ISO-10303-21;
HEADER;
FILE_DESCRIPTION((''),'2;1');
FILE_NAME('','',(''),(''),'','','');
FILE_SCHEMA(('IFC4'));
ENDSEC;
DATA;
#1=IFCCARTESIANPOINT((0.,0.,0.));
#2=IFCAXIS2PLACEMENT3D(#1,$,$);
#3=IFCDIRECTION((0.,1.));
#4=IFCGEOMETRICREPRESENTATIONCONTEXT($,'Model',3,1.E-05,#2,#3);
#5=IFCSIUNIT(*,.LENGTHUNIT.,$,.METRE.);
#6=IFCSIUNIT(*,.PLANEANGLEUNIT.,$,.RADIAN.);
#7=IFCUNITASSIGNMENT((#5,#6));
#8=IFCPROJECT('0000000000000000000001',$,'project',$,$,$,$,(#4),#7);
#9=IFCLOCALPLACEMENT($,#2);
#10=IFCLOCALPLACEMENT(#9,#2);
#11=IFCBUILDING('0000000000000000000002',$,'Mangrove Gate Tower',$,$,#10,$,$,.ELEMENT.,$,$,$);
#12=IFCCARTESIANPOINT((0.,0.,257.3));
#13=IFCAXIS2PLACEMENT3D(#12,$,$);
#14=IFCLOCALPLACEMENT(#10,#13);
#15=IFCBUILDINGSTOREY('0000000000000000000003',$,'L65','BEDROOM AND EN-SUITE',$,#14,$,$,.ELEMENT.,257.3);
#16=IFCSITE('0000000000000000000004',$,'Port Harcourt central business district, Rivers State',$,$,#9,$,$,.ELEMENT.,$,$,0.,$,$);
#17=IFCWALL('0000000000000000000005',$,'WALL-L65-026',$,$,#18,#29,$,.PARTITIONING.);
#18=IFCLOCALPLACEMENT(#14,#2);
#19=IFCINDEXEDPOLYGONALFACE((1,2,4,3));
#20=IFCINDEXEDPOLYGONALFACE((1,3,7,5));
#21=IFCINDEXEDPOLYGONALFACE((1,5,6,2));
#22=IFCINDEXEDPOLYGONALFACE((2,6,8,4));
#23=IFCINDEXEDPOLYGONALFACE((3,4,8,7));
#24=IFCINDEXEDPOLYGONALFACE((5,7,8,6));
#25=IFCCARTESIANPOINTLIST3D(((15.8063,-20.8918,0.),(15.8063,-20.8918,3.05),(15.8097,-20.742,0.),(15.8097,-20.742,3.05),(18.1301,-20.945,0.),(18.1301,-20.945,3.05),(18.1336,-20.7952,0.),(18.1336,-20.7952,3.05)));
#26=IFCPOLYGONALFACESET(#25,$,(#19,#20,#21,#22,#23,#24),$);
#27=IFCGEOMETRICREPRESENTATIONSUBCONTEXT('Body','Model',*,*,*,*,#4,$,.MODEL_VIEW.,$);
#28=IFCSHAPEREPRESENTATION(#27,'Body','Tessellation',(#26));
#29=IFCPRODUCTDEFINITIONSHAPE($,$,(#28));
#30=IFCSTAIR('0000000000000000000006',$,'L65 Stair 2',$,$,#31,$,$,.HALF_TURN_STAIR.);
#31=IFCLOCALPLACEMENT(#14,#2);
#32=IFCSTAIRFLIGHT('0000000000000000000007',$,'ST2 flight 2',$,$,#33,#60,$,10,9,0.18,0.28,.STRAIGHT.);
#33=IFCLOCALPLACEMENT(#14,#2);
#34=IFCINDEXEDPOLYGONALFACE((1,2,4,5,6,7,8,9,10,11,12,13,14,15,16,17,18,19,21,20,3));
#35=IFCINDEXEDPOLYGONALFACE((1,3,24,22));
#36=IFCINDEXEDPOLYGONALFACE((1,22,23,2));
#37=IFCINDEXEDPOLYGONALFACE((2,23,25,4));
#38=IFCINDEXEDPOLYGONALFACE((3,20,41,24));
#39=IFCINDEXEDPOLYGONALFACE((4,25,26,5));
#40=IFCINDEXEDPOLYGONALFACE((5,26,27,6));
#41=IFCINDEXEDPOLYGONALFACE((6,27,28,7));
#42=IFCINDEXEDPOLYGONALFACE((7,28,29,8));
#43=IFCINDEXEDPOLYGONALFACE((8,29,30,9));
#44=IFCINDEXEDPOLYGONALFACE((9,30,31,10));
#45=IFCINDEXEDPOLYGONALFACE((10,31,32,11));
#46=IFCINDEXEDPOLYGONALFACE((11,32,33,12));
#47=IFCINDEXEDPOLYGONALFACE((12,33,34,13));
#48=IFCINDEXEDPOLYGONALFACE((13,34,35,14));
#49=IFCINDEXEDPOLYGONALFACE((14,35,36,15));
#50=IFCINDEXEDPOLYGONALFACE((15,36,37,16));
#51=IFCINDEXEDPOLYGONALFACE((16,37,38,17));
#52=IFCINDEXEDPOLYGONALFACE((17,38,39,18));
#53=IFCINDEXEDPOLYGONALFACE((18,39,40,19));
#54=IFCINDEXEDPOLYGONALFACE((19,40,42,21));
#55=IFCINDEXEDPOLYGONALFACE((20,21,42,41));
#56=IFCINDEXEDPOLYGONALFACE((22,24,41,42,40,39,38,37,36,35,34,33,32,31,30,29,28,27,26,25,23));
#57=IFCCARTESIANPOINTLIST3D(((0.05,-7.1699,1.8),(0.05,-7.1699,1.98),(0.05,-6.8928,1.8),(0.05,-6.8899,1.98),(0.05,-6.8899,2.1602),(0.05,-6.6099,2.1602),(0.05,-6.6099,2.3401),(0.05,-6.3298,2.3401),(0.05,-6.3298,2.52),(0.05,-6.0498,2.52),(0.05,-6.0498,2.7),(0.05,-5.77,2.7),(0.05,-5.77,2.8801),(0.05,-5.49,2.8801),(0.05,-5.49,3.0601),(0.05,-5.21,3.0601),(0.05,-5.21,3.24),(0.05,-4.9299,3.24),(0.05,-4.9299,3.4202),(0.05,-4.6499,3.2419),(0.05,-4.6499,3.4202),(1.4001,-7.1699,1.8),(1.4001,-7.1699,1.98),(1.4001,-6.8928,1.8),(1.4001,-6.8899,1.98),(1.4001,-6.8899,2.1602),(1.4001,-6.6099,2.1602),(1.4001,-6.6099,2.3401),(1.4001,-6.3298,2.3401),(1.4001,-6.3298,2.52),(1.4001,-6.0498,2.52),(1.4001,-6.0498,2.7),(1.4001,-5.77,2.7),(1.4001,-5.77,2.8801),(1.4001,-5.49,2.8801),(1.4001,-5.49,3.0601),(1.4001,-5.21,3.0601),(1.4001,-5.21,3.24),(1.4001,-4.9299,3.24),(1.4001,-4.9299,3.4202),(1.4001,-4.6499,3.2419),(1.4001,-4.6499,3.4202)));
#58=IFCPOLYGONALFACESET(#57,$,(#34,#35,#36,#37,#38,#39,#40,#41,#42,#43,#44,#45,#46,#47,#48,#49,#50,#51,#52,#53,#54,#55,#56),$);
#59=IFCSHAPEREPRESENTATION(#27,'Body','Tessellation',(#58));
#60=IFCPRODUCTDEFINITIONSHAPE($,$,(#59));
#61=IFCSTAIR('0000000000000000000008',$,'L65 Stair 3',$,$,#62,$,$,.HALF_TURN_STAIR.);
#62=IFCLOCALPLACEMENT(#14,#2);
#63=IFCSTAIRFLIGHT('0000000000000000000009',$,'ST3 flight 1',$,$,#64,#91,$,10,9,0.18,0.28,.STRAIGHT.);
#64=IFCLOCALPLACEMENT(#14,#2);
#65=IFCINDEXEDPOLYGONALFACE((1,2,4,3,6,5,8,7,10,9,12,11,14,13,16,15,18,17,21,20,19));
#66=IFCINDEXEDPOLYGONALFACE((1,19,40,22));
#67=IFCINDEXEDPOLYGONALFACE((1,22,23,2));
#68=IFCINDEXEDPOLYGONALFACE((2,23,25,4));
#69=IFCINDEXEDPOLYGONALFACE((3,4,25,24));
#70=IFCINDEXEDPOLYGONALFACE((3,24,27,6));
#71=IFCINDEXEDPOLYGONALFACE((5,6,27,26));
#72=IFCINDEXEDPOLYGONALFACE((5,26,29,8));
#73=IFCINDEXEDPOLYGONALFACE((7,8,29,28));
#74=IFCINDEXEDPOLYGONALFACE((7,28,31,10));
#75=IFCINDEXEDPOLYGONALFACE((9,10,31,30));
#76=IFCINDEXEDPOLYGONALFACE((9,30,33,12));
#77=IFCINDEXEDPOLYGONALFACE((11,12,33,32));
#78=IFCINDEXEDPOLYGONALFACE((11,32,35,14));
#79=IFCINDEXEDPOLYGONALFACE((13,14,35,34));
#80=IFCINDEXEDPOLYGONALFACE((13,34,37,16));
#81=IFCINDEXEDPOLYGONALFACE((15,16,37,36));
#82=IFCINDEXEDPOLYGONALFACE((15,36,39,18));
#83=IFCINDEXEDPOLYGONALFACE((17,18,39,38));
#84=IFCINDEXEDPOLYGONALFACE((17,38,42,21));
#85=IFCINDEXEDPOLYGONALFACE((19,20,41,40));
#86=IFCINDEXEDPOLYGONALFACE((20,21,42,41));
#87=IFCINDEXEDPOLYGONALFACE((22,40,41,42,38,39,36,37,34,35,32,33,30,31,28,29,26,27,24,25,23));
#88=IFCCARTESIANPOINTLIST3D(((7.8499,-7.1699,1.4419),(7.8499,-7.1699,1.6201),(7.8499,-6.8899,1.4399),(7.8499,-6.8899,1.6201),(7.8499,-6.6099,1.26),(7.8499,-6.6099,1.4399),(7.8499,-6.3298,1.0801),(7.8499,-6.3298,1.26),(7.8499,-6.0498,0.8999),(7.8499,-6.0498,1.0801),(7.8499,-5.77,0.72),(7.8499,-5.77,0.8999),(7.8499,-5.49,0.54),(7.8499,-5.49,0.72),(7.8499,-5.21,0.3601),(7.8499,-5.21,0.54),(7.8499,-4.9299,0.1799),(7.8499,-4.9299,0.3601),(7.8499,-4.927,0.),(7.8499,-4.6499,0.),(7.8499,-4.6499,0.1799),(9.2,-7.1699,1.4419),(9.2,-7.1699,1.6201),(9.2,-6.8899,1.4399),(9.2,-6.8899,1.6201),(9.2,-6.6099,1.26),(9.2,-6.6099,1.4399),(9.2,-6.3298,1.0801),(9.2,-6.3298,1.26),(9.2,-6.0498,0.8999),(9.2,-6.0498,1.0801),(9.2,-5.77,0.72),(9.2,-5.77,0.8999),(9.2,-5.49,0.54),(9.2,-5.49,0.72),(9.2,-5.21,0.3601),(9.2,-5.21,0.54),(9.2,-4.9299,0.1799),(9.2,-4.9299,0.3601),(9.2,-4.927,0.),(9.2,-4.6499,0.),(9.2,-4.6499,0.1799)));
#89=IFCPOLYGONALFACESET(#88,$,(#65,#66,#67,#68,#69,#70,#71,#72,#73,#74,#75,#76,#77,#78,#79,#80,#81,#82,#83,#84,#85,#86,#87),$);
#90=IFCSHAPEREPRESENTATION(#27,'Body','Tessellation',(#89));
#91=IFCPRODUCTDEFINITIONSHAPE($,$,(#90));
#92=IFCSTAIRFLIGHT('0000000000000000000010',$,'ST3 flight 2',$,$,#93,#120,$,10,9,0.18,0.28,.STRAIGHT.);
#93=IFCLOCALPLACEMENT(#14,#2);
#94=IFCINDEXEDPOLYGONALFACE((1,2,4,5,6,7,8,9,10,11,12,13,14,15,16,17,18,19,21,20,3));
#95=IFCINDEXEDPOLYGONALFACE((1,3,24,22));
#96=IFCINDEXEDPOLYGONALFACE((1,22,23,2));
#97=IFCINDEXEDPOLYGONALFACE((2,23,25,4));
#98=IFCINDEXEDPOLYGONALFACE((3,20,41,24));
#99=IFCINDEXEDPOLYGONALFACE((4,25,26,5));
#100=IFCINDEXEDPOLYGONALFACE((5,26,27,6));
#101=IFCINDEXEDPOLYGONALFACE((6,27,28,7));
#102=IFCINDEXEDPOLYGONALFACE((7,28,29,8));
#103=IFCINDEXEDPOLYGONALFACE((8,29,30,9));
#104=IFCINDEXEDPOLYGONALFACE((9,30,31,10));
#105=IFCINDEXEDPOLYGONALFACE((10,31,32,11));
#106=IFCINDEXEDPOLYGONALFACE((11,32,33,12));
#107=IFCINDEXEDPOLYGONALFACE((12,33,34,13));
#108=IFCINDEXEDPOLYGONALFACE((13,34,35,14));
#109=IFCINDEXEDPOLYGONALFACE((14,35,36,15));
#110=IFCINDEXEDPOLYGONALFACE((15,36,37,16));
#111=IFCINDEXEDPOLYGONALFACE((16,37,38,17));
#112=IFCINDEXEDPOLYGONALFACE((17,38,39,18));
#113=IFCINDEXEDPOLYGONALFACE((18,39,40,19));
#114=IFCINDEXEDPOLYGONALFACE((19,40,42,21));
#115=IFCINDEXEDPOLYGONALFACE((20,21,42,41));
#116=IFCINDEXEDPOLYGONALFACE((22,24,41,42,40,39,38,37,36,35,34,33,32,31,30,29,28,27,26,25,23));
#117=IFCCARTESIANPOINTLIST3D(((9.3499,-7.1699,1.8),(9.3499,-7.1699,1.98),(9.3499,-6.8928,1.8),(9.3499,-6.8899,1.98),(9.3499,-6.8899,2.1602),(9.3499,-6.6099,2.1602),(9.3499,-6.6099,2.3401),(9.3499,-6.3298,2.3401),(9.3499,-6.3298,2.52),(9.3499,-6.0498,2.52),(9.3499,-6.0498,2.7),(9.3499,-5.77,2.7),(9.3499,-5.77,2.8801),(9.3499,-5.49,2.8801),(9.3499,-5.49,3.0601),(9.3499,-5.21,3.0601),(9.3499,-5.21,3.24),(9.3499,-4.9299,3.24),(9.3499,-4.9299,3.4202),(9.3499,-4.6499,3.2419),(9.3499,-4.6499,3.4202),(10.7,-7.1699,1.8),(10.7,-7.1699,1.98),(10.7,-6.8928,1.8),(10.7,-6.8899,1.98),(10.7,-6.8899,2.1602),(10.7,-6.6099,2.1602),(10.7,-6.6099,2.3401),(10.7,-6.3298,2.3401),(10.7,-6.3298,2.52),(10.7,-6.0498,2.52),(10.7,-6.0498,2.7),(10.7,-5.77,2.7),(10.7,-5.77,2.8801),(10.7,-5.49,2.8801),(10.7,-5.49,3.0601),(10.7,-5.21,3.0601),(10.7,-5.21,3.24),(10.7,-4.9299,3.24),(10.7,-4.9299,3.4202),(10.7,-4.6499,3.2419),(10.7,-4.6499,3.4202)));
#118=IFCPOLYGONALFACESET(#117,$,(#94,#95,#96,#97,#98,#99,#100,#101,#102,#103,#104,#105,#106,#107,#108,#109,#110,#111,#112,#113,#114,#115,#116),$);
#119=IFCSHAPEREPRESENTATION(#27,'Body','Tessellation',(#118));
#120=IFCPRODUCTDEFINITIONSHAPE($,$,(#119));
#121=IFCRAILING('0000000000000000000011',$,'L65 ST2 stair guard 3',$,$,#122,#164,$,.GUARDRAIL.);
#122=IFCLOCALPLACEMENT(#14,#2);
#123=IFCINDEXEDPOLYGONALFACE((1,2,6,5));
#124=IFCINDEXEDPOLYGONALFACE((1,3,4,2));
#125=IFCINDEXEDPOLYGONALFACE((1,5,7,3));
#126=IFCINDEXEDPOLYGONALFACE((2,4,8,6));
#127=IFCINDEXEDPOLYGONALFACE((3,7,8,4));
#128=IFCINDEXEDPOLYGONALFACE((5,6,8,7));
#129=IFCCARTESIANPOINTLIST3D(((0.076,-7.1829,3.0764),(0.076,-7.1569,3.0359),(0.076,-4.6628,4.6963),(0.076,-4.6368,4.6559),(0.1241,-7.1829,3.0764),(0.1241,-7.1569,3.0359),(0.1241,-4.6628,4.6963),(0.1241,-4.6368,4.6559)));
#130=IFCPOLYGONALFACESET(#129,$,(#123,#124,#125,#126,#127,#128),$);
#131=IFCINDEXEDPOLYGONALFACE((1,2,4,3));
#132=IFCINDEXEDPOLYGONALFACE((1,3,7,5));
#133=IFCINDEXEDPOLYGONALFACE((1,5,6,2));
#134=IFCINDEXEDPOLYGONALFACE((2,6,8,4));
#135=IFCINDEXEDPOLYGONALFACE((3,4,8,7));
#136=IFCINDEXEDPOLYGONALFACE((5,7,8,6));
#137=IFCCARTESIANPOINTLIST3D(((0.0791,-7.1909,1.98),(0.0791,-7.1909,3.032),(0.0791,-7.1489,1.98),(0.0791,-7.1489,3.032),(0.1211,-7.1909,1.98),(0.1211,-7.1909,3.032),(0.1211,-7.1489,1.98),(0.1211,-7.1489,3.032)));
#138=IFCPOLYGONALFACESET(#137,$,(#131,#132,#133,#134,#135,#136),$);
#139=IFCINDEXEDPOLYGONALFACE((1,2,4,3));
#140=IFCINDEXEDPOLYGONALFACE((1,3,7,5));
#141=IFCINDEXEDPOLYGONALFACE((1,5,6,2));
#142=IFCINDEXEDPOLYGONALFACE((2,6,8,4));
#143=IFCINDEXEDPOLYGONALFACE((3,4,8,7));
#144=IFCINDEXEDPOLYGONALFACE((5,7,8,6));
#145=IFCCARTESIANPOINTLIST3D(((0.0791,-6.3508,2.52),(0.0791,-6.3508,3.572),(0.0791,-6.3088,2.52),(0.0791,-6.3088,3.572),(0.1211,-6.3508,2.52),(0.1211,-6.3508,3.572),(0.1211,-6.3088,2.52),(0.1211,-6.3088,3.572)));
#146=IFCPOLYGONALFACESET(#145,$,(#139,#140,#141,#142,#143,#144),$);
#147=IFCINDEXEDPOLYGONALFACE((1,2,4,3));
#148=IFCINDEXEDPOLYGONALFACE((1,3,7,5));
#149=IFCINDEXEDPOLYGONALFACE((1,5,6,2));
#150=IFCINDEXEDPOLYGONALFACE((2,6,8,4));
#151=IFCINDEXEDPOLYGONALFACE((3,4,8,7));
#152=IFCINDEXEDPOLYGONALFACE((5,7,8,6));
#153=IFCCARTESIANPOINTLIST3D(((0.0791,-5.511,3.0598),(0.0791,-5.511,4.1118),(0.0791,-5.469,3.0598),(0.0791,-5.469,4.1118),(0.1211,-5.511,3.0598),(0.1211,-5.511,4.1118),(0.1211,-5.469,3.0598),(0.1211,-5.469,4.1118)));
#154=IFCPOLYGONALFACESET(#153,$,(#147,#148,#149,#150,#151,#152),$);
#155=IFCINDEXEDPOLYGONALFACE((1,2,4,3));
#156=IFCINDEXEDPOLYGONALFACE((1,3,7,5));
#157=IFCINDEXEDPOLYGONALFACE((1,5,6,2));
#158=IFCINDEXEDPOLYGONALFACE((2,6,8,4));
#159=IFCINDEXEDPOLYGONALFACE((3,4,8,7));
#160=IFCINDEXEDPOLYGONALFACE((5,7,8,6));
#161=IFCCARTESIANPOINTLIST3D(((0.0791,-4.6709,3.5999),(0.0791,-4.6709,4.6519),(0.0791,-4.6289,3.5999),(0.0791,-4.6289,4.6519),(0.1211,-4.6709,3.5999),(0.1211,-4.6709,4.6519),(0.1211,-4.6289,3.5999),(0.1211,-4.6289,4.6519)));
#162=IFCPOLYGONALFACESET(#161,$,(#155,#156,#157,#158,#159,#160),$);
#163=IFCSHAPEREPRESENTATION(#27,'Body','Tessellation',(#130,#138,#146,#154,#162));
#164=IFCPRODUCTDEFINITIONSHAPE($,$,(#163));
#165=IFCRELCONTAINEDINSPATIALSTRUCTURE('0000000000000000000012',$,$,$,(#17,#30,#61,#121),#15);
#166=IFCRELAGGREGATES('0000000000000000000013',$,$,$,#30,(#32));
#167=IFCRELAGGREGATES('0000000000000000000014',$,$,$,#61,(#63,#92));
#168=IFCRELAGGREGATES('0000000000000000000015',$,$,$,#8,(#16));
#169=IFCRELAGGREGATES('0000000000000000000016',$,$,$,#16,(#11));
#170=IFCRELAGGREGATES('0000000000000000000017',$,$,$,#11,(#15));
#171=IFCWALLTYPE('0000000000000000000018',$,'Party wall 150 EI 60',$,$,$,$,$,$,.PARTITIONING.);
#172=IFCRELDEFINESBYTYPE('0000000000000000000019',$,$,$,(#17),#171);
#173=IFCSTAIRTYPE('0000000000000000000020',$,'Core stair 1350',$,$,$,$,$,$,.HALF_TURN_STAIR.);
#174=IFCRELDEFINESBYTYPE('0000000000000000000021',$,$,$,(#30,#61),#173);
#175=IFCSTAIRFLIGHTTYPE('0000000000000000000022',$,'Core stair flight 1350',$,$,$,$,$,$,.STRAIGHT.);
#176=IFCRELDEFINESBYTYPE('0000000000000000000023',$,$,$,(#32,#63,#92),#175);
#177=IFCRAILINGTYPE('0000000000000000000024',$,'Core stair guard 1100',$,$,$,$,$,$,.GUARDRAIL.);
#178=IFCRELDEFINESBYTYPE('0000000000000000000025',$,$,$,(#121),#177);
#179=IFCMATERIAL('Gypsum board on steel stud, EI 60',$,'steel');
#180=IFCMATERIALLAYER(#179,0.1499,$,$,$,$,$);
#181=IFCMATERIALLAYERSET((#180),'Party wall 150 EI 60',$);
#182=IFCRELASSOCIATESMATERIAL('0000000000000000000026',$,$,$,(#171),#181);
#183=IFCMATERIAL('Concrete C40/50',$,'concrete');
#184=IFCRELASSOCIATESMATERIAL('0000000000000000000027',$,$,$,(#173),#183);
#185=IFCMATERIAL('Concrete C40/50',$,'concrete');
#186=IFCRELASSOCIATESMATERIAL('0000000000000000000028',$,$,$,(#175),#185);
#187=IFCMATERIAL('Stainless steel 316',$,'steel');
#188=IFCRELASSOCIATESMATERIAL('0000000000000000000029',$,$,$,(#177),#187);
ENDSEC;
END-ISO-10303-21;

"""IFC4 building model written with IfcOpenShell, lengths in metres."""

from ifc_helpers import new_model, si_unit, direction, frame, frame_2d, origin, origin_2d, place, context, subcontext, project, spatial, polyline, rectangle, outline, extrude, material, layer, layer_set, type_object, element, aggregate, save


model = new_model("IFC4")

# Units and contexts
model_context = context("Model", 3, precision=1e-05, world=origin(), true_north=direction((0.0, 1.0)))
body_context = subcontext(model_context, "Body", "Model", "MODEL_VIEW")
ifc_project = project(units=[si_unit("LENGTHUNIT", "METRE"), si_unit("PLANEANGLEUNIT", "RADIAN")], contexts=[model_context])

# Site, building, storey
site_placement = place(None, origin())
site = spatial("IfcSite", under=ifc_project, at=site_placement, Name="Port Harcourt central business district, Rivers State", CompositionType="ELEMENT", RefElevation=0.0)
building_placement = place(site_placement, origin())
building = spatial("IfcBuilding", under=site, at=building_placement, Name="Mangrove Gate Tower", CompositionType="ELEMENT")
storey_placement = place(building_placement, frame((0.0, 0.0, 257.3)))
storey = spatial("IfcBuildingStorey", under=building, at=storey_placement, Name="L65", Description="BEDROOM AND EN-SUITE", CompositionType="ELEMENT", Elevation=257.3)

# Wall
ifc_material_1 = material(Name="Gypsum board on steel stud, EI 60", Category="steel")
ifc_layer_1 = layer(ifc_material_1, 0.1499)
ifc_layer_set_1 = layer_set([ifc_layer_1], Name="Party wall 150 EI 60")
wall_type_1 = type_object("IfcWallType", Name="Party wall 150 EI 60", PredefinedType="PARTITIONING", material=ifc_layer_set_1)
wall_1_placement = place(storey_placement, frame((15.8081, -20.8169, 0.0), z_axis=(0.0, 0.0, 1.0), x_axis=(0.999738, -0.022896, 0.0)))
element("IfcWall", 1, at=wall_1_placement, inside=storey, type_object=wall_type_1, Name="WALL-L65-026", PredefinedType="PARTITIONING", context=body_context, shape_type="SweptSolid", body=[
    extrude(rectangle(XDim=2.3245, YDim=0.1499, at=frame_2d((1.1621, 0.0))), origin(), (0.0, 0.0, 1.0), 3.05),
])

# Stair, stair flight
ifc_material_2 = material(Name="Concrete C40/50", Category="concrete")
stair_type = type_object("IfcStairType", Name="Core stair 1350", PredefinedType="HALF_TURN_STAIR", material=ifc_material_2)
stair_1_placement = place(storey_placement, origin())
stair_1 = element("IfcStair", 2, at=stair_1_placement, inside=storey, type_object=stair_type, Name="L65 Stair 2", PredefinedType="HALF_TURN_STAIR")
ifc_material_3 = material(Name="Concrete C40/50", Category="concrete")
stair_flight_type = type_object("IfcStairFlightType", Name="Core stair flight 1350", PredefinedType="STRAIGHT", material=ifc_material_3)
stair_flight_1_placement = place(storey_placement, frame((0.7251, -7.1699, 1.8), z_axis=(0.0, 0.0, 1.0), x_axis=(0.0, 1.0, 0.0)))
stair_flight_1 = element("IfcStairFlight", 3, at=stair_flight_1_placement, type_object=stair_flight_type, Name="ST2 flight 2", NumberOfRisers=10, NumberOfTreads=9, PredefinedType="STRAIGHT", RiserHeight=0.18, TreadLength=0.28, context=body_context, shape_type="SweptSolid", body=[
    extrude(outline(polyline([(0.0, 0.0), (0.0, 0.1799), (0.28, 0.1799), (0.28, 0.3601), (0.5601, 0.3601), (0.5601, 0.54), (0.8401, 0.54), (0.8401, 0.72), (1.1201, 0.72), (1.1201, 0.8999), (1.3999, 0.8999), (1.3999, 1.0801), (1.6799, 1.0801), (1.6799, 1.26), (1.96, 1.26), (1.96, 1.4399), (2.24, 1.4399), (2.24, 1.6201), (2.52, 1.6201), (2.52, 1.8), (2.52, 1.4419), (0.2771, 0.0), (0.0, 0.0)])), frame((0.0, 0.675, 0.0), z_axis=(0.0, -1.0, 0.0), x_axis=(1.0, 0.0, 0.0)), (0.0, 0.0, 1.0), 1.3501),
])
aggregate(stair_1, [stair_flight_1])

# Stair, stair flights
stair_2_placement = place(storey_placement, origin())
stair_2 = element("IfcStair", 4, at=stair_2_placement, inside=storey, type_object=stair_type, Name="L65 Stair 3", PredefinedType="HALF_TURN_STAIR")
stair_flight_2_placement = place(storey_placement, frame((8.5249, -4.6499, 0.0), z_axis=(0.0, 0.0, 1.0), x_axis=(0.0, -1.0, 0.0)))
stair_flight_2 = element("IfcStairFlight", 5, at=stair_flight_2_placement, type_object=stair_flight_type, Name="ST3 flight 1", NumberOfRisers=10, NumberOfTreads=9, PredefinedType="STRAIGHT", RiserHeight=0.18, TreadLength=0.28, context=body_context, shape_type="SweptSolid", body=[
    extrude(outline(polyline([(0.0, 0.0), (0.0, 0.1799), (0.28, 0.1799), (0.28, 0.3601), (0.5601, 0.3601), (0.5601, 0.54), (0.8401, 0.54), (0.8401, 0.72), (1.1201, 0.72), (1.1201, 0.8999), (1.3999, 0.8999), (1.3999, 1.0801), (1.6799, 1.0801), (1.6799, 1.26), (1.96, 1.26), (1.96, 1.4399), (2.24, 1.4399), (2.24, 1.6201), (2.52, 1.6201), (2.52, 1.8), (2.52, 1.4419), (0.2771, 0.0), (0.0, 0.0)])), frame((0.0, 0.675, 0.0), z_axis=(0.0, -1.0, 0.0), x_axis=(1.0, 0.0, 0.0)), (0.0, 0.0, 1.0), 1.3501),
])
stair_flight_3_placement = place(storey_placement, frame((10.0249, -7.1699, 1.8), z_axis=(0.0, 0.0, 1.0), x_axis=(0.0, 1.0, 0.0)))
stair_flight_3 = element("IfcStairFlight", 6, at=stair_flight_3_placement, type_object=stair_flight_type, Name="ST3 flight 2", NumberOfRisers=10, NumberOfTreads=9, PredefinedType="STRAIGHT", RiserHeight=0.18, TreadLength=0.28, context=body_context, shape_type="SweptSolid", body=[
    extrude(outline(polyline([(0.0, 0.0), (0.0, 0.1799), (0.28, 0.1799), (0.28, 0.3601), (0.5601, 0.3601), (0.5601, 0.54), (0.8401, 0.54), (0.8401, 0.72), (1.1201, 0.72), (1.1201, 0.8999), (1.3999, 0.8999), (1.3999, 1.0801), (1.6799, 1.0801), (1.6799, 1.26), (1.96, 1.26), (1.96, 1.4399), (2.24, 1.4399), (2.24, 1.6201), (2.52, 1.6201), (2.52, 1.8), (2.52, 1.4419), (0.2771, 0.0), (0.0, 0.0)])), frame((0.0, 0.675, 0.0), z_axis=(0.0, -1.0, 0.0), x_axis=(1.0, 0.0, 0.0)), (0.0, 0.0, 1.0), 1.3501),
])
aggregate(stair_2, [stair_flight_2, stair_flight_3])

# Railing
ifc_material_4 = material(Name="Stainless steel 316", Category="steel")
railing_type_1 = type_object("IfcRailingType", Name="Core stair guard 1100", PredefinedType="GUARDRAIL", material=ifc_material_4)
railing_1_placement = place(storey_placement, frame((0.1001, -7.1699, 1.98)))
element("IfcRailing", 7, at=railing_1_placement, inside=storey, type_object=railing_type_1, Name="L65 ST2 stair guard 3", PredefinedType="GUARDRAIL", context=body_context, shape_type="SweptSolid", body=[
    extrude(rectangle(XDim=0.0481, YDim=0.0481, at=origin_2d()), frame((0.0, 0.0, 1.0762), z_axis=(0.0, 0.8412, 0.540725), x_axis=(-1.0, 0.0, 0.0)), (0.0, 0.0, 1.0), 2.9958),
    extrude(rectangle(XDim=0.042, YDim=0.042, at=origin_2d()), origin(), (0.0, 0.0, 1.0), 1.052),
    extrude(rectangle(XDim=0.042, YDim=0.042, at=origin_2d()), frame((0.0, 0.8401, 0.54)), (0.0, 0.0, 1.0), 1.052),
    extrude(rectangle(XDim=0.042, YDim=0.042, at=origin_2d()), frame((0.0, 1.6799, 1.0798)), (0.0, 0.0, 1.0), 1.052),
    extrude(rectangle(XDim=0.042, YDim=0.042, at=origin_2d()), frame((0.0, 2.52, 1.6199)), (0.0, 0.0, 1.0), 1.052),
])

save(model, "model.ifc")
